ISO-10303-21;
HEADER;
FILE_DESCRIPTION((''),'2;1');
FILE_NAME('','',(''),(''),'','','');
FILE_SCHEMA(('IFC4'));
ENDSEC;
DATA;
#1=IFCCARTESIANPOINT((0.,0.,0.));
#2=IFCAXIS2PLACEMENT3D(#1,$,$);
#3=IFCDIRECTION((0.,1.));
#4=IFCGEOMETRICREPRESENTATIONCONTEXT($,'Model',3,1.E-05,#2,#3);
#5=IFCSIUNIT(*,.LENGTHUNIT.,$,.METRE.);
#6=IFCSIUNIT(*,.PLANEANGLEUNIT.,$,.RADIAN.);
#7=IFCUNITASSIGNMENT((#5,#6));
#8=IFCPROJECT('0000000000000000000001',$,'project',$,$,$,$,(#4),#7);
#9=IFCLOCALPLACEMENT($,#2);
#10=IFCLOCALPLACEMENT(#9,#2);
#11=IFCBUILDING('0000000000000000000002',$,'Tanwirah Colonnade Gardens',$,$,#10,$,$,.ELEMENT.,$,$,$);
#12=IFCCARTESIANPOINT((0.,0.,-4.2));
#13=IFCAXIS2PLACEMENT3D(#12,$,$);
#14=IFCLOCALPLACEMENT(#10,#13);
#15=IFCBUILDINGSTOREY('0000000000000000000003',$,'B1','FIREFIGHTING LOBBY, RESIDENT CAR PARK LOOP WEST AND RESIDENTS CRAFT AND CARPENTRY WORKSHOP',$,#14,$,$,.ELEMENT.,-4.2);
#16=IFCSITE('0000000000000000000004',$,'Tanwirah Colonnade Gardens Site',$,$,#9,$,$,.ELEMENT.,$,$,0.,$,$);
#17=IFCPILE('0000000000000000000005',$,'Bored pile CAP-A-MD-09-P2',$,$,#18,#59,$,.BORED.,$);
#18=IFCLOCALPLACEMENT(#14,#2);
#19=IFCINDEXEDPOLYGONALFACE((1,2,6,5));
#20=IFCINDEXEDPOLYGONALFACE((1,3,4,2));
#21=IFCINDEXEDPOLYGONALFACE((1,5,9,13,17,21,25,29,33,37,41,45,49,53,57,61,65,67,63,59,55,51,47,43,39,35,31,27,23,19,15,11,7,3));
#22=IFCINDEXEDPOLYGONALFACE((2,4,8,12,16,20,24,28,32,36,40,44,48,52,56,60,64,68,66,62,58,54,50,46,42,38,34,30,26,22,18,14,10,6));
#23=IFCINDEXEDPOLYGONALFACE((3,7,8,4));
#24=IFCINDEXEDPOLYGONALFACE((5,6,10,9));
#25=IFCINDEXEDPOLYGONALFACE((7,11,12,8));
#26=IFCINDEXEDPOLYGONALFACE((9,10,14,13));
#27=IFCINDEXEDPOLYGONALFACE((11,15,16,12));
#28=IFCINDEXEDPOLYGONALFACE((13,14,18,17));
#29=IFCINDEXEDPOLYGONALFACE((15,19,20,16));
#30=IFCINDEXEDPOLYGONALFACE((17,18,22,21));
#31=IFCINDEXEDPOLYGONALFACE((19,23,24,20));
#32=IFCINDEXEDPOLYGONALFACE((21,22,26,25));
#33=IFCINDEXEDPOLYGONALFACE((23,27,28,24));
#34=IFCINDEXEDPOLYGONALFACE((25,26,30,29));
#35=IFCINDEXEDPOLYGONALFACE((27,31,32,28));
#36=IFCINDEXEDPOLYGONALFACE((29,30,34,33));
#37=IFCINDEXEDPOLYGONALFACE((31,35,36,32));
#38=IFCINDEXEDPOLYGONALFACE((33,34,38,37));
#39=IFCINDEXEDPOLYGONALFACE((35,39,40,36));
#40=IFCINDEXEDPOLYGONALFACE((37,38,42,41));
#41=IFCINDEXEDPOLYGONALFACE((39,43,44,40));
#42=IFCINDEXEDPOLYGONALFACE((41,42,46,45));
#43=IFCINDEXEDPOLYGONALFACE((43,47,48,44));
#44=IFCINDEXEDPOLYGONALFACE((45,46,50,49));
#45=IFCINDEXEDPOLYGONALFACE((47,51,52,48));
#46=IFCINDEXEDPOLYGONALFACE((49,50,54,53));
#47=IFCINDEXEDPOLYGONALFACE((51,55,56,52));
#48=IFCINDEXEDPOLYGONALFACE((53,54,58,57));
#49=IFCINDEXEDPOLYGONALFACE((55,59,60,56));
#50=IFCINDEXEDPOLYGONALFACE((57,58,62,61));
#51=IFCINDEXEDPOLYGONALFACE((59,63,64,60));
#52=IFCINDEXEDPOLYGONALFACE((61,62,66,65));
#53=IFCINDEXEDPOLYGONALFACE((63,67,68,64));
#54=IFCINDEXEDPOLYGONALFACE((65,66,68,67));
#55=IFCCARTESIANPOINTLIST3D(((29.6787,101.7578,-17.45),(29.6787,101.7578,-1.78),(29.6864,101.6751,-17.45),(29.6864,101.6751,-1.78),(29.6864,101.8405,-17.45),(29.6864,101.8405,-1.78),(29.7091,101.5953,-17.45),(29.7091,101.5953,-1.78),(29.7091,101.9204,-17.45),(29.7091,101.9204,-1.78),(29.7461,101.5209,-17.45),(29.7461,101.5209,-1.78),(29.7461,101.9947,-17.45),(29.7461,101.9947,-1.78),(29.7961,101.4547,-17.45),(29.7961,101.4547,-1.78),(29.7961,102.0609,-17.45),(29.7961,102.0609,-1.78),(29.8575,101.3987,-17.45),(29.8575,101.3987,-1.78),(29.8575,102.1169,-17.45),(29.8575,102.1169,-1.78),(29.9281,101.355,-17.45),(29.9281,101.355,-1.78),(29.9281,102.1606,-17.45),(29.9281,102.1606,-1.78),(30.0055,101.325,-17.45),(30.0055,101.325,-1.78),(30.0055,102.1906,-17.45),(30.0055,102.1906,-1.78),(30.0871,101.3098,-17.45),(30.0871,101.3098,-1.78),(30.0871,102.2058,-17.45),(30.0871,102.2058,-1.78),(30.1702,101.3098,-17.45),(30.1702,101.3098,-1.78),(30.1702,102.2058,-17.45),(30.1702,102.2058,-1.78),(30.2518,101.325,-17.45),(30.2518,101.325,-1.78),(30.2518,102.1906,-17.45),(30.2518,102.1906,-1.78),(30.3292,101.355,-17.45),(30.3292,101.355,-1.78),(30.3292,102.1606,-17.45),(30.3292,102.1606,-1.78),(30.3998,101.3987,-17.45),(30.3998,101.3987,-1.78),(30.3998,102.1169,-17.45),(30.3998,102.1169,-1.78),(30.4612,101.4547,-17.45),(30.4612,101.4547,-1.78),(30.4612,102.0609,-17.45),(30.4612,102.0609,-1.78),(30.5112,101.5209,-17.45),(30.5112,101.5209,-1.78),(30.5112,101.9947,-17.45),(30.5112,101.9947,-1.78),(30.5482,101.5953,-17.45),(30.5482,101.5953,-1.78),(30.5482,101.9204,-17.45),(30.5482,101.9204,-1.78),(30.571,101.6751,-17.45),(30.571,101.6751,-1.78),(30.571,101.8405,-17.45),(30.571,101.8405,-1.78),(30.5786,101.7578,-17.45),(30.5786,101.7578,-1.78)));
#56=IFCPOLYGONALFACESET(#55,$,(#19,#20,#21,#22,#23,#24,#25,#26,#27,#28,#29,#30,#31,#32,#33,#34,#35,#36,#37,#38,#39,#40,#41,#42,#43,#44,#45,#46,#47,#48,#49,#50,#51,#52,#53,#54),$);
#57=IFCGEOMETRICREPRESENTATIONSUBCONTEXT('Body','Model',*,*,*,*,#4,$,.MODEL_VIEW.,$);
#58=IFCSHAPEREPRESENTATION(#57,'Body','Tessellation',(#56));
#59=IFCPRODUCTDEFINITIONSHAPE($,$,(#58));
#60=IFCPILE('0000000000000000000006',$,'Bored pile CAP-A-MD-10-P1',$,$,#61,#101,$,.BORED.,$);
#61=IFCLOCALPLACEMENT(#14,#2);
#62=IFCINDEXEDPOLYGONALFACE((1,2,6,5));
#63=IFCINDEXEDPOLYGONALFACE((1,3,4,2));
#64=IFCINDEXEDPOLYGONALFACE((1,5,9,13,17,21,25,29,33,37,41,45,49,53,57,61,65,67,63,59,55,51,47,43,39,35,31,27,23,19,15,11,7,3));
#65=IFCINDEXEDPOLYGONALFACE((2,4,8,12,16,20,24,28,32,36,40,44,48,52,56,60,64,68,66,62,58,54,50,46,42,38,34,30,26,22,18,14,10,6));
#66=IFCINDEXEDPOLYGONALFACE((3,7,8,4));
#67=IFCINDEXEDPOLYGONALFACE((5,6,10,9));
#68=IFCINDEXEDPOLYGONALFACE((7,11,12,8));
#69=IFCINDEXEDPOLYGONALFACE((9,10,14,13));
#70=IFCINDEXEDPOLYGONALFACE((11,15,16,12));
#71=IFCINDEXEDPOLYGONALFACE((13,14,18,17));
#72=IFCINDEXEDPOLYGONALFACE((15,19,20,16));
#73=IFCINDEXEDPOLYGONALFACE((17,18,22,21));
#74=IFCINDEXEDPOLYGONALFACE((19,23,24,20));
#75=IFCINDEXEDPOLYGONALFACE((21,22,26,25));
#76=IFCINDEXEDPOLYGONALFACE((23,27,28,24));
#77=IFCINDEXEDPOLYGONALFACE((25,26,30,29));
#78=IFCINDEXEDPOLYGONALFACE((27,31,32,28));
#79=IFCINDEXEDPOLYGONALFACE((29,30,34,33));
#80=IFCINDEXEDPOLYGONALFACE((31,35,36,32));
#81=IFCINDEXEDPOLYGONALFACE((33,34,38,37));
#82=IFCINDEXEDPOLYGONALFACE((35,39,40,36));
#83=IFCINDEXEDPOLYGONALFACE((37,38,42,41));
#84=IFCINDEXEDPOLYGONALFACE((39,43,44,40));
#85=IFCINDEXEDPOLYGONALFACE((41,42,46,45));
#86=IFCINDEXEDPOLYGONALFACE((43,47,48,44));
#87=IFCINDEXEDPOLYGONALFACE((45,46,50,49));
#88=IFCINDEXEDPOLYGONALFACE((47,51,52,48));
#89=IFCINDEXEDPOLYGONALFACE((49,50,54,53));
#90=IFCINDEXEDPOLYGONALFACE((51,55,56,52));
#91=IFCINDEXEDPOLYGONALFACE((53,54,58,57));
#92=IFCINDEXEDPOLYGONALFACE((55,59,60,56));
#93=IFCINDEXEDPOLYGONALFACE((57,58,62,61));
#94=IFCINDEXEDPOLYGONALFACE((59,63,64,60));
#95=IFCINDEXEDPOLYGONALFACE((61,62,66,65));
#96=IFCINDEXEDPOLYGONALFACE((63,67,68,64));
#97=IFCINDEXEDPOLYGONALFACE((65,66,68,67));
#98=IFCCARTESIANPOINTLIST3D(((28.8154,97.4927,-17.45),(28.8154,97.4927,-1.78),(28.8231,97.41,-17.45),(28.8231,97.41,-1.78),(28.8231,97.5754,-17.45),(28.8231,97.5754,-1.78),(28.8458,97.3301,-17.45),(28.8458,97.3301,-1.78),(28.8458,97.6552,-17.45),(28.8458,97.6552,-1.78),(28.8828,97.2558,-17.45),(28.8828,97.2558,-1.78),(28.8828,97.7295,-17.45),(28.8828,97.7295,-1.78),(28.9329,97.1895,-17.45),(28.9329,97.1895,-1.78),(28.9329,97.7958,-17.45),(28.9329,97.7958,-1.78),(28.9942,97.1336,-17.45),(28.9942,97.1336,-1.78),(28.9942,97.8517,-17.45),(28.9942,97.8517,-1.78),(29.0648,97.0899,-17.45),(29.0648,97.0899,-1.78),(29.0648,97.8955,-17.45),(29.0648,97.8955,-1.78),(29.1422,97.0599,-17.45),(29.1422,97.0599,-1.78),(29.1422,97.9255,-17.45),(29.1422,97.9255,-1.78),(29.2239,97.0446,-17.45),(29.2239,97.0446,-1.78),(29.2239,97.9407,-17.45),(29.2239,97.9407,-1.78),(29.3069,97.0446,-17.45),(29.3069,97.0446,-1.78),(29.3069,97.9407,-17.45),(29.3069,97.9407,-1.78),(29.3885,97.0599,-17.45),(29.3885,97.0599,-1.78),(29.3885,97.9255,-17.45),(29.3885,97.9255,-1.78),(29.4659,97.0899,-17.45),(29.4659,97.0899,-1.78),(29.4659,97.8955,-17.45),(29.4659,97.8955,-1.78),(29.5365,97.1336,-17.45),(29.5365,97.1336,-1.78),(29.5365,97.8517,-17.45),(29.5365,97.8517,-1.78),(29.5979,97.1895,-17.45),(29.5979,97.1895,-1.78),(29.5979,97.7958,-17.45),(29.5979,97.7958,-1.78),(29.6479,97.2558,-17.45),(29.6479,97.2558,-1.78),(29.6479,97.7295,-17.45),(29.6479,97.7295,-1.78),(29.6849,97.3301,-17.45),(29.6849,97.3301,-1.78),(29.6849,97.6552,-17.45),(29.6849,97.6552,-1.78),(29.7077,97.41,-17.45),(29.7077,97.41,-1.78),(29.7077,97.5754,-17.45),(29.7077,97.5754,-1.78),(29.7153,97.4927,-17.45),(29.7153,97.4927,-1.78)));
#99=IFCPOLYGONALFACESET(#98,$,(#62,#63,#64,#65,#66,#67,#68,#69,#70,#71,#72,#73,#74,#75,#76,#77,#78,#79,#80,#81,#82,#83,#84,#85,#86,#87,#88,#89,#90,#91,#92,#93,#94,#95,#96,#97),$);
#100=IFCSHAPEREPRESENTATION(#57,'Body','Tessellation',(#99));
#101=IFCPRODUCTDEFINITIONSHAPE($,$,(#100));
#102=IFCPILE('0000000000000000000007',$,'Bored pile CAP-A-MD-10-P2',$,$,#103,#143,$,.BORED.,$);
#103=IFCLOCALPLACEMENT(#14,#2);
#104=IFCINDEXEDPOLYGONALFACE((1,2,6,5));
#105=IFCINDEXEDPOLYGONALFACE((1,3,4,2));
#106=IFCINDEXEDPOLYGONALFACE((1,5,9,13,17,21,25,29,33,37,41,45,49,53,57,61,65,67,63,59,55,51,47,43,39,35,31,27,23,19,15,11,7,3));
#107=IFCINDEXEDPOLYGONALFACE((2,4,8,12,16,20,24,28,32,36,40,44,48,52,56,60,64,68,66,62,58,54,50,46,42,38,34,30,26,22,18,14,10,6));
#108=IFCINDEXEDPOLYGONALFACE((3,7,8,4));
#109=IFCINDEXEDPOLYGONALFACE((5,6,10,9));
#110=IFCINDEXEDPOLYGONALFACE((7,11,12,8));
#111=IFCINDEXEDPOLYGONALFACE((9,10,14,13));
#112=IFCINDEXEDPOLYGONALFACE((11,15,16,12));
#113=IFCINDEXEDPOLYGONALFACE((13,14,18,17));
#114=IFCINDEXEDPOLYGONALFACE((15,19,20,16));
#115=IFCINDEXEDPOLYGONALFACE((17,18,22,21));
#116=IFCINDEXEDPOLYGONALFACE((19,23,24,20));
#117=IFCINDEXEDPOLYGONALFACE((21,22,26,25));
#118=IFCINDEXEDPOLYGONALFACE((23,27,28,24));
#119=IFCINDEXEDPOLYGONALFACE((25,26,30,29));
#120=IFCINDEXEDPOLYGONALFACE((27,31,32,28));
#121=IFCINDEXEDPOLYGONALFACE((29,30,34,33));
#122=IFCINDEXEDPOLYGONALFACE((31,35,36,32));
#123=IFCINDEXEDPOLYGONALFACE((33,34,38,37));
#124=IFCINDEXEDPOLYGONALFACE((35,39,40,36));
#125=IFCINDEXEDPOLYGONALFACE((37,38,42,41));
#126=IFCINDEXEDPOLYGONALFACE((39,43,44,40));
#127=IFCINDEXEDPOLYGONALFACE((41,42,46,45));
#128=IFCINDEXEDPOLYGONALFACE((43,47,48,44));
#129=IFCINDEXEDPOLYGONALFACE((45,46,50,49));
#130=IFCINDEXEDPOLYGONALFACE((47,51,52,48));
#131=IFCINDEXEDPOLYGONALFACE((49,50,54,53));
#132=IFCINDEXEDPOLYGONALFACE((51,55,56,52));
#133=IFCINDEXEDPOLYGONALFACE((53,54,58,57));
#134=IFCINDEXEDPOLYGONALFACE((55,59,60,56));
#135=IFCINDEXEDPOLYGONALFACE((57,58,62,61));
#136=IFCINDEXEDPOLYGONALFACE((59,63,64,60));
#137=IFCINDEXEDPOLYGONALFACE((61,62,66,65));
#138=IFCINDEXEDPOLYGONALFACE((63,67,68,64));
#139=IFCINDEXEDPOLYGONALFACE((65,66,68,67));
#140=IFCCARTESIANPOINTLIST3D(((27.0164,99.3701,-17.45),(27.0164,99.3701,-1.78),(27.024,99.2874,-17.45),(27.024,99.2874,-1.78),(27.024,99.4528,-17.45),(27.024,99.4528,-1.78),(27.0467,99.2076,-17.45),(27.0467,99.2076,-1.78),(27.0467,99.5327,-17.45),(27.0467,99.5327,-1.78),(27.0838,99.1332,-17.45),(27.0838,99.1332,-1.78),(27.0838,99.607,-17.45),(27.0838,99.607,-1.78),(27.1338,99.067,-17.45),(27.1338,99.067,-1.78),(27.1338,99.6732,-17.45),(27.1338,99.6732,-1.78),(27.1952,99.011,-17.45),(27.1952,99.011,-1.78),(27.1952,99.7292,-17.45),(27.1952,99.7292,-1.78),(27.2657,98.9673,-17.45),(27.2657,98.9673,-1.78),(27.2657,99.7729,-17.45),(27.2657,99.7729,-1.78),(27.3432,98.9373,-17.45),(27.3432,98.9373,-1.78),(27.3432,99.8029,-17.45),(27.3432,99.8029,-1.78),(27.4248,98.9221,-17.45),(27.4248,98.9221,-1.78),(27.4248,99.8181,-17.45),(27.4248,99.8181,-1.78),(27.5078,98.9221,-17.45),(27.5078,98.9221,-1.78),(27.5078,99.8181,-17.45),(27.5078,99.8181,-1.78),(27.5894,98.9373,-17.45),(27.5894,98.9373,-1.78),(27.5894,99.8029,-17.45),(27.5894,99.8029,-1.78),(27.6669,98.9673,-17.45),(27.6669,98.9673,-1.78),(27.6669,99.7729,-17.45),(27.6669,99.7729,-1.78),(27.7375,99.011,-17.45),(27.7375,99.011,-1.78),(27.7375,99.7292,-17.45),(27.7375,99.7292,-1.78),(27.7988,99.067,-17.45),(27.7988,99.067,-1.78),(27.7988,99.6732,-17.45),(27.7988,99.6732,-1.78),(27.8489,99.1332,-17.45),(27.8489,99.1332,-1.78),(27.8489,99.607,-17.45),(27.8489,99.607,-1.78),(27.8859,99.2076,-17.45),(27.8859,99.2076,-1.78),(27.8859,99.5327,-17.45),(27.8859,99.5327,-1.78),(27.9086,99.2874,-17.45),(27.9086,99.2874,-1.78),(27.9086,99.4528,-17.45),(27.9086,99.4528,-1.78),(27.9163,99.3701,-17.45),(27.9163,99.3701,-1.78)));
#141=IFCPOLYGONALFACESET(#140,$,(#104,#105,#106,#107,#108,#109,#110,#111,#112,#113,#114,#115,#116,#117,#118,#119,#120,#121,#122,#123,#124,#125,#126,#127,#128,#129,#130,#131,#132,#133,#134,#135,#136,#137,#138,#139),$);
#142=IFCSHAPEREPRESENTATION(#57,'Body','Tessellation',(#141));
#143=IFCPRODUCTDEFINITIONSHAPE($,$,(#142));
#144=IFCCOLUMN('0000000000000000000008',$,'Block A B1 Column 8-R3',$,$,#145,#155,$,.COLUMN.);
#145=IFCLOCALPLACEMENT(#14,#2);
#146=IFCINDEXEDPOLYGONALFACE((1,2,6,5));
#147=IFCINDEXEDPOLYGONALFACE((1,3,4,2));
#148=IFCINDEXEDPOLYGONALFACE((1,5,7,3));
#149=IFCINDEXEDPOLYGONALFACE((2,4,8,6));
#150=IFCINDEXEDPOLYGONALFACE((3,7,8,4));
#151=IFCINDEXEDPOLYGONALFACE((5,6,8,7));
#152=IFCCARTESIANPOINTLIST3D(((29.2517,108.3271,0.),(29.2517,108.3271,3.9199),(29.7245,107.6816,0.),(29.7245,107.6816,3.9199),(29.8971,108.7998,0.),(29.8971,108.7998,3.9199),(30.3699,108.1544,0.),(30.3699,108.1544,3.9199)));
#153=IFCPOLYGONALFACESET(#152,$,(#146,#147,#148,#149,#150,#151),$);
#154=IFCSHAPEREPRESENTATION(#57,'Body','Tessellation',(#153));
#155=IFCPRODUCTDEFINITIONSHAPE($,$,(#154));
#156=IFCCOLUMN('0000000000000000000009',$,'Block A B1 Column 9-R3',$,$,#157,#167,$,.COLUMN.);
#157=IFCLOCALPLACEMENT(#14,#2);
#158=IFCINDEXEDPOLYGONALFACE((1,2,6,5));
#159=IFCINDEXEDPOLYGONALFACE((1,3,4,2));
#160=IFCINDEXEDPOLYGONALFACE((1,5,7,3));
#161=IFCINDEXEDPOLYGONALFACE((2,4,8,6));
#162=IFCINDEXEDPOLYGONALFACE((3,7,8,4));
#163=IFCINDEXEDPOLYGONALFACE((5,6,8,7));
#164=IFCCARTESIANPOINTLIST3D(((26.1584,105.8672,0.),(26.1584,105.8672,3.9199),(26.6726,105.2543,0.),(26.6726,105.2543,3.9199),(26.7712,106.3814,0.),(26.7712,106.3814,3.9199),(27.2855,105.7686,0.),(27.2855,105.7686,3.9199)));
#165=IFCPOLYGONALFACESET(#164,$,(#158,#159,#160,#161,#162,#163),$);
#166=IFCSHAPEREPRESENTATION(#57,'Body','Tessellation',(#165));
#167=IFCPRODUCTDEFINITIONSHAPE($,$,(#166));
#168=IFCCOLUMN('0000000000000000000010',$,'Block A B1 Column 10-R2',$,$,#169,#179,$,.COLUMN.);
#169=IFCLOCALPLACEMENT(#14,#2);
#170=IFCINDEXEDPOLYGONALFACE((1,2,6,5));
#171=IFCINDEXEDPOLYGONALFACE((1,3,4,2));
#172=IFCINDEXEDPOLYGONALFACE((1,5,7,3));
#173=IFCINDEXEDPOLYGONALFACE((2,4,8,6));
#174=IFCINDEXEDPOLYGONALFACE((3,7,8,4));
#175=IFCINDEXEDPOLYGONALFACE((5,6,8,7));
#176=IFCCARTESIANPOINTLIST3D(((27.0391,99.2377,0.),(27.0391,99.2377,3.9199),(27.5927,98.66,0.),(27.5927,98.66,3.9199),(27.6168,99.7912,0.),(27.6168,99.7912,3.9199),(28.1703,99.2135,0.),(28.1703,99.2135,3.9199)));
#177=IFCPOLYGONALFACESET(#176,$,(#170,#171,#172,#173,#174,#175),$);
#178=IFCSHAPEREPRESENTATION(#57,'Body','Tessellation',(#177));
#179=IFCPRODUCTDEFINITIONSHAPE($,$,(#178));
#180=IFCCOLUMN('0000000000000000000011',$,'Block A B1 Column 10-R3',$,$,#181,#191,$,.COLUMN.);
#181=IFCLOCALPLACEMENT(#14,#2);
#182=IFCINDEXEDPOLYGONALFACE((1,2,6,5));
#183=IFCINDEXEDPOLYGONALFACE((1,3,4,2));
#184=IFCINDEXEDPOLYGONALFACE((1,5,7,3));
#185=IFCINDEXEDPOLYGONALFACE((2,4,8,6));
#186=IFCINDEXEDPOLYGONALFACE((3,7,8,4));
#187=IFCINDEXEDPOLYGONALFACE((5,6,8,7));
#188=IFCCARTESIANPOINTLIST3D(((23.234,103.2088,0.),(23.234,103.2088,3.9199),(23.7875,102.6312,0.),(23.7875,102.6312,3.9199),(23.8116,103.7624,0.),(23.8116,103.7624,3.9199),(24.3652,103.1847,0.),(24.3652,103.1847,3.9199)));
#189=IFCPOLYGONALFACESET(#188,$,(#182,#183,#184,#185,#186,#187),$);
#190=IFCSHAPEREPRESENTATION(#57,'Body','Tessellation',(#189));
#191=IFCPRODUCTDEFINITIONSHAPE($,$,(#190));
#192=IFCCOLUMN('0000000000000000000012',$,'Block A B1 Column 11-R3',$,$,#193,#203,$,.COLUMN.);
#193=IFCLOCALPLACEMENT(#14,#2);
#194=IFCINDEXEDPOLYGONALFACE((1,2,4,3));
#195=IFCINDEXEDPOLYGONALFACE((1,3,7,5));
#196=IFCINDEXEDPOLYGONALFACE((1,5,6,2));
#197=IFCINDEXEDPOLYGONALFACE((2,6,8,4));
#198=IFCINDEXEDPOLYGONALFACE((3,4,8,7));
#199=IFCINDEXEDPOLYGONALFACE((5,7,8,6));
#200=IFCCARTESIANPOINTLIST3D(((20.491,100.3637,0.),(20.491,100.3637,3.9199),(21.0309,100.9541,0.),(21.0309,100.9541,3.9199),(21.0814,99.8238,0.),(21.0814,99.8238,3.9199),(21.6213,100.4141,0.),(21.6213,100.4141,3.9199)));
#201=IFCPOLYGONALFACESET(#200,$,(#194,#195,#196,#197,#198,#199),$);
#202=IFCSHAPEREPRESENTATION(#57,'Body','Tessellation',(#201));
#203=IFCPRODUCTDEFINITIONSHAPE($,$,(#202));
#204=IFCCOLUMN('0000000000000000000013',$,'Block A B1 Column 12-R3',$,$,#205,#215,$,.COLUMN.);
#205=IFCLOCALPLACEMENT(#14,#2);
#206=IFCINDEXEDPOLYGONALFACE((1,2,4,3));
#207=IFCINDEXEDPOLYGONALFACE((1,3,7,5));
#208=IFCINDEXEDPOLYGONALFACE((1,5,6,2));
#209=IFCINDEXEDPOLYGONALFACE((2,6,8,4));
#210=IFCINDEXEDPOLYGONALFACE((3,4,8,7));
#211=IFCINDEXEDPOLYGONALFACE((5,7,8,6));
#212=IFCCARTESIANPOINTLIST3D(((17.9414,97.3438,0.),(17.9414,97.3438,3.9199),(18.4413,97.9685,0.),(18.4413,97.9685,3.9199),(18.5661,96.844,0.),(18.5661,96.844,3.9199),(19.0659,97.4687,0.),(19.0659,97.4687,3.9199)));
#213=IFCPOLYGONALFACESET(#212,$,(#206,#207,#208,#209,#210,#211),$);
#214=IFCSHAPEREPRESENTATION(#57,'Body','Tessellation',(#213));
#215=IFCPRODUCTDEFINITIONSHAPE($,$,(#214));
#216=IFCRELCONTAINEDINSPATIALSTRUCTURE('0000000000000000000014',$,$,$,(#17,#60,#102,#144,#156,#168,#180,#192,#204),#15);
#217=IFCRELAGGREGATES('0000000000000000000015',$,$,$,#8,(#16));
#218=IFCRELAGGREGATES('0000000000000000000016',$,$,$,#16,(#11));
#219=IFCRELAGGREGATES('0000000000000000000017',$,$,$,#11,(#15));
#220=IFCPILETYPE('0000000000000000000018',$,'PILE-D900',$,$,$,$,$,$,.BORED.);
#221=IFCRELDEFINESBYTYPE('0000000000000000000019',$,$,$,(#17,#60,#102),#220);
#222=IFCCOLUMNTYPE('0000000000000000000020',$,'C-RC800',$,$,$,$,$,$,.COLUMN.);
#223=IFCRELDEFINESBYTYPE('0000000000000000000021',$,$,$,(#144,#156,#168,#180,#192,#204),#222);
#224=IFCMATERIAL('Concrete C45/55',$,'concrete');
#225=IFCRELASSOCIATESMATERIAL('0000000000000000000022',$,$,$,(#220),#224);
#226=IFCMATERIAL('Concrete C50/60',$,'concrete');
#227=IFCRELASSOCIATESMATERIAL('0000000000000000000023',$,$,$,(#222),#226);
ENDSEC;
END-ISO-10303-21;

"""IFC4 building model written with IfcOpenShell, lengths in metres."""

from ifc_helpers import new_model, si_unit, direction, frame, origin, origin_2d, place, context, subcontext, project, spatial, rectangle, circle, extrude, material, material_profile, profile_set, type_object, element, save


model = new_model("IFC4")

# Units and contexts
model_context = context("Model", 3, precision=1e-05, world=origin(), true_north=direction((0.0, 1.0)))
body_context = subcontext(model_context, "Body", "Model", "MODEL_VIEW")
ifc_project = project(units=[si_unit("LENGTHUNIT", "METRE"), si_unit("PLANEANGLEUNIT", "RADIAN")], contexts=[model_context])

# Site, building, storey
site_placement = place(None, origin())
site = spatial("IfcSite", under=ifc_project, at=site_placement, Name="Tanwirah Colonnade Gardens Site", CompositionType="ELEMENT", RefElevation=0.0)
building_placement = place(site_placement, origin())
building = spatial("IfcBuilding", under=site, at=building_placement, Name="Tanwirah Colonnade Gardens", CompositionType="ELEMENT")
storey_placement = place(building_placement, frame((0.0, 0.0, -4.2)))
storey = spatial("IfcBuildingStorey", under=building, at=storey_placement, Name="B1", Description="FIREFIGHTING LOBBY, RESIDENT CAR PARK LOOP WEST AND RESIDENTS CRAFT AND CARPENTRY WORKSHOP", CompositionType="ELEMENT", Elevation=-4.2)

# Shared definitions
ifc_material_1 = material(Name="Concrete C45/55", Category="concrete")

# Piles
ifc_material_profile_1 = material_profile(ifc_material_1, circle(Radius=0.45, at=origin_2d()), Name="PILE D900")
ifc_profile_set_1 = profile_set([ifc_material_profile_1], Name="Concrete C45/55")
pile_type_1 = type_object("IfcPileType", Name="PILE-D900", PredefinedType="BORED", material=ifc_profile_set_1)
for number, where, z_axis, x_axis, name in (
    (1, (30.1287, 101.7578, -1.78), (0.0, 0.0, -1.0), (1.0, 0.0, 0.0), "Bored pile CAP-A-MD-09-P2"),
    (2, (29.2654, 97.4927, -1.78), (0.0, 0.0, -1.0), (1.0, 0.0, 0.0), "Bored pile CAP-A-MD-10-P1"),
    (3, (27.4663, 99.3701, -1.78), (0.0, 0.0, -1.0), (1.0, 0.0, 0.0), "Bored pile CAP-A-MD-10-P2"),
):
    element("IfcPile", number, at=place(storey_placement, frame(where, z_axis=z_axis, x_axis=x_axis)), inside=storey, type_object=pile_type_1, Name=name, PredefinedType="BORED", context=body_context, shape_type="SweptSolid", body=[
        extrude(circle(Radius=0.45, at=origin_2d()), origin(), (0.0, 0.0, 1.0), 15.6699),
    ])

# Columns
ifc_material_2 = material(Name="Concrete C50/60", Category="concrete")
ifc_material_profile_2 = material_profile(ifc_material_2, rectangle(XDim=0.8, YDim=0.8, at=origin_2d()), Name="RC-COL 800x800")
ifc_profile_set_2 = profile_set([ifc_material_profile_2], Name="Concrete C50/60")
column_type_1 = type_object("IfcColumnType", Name="C-RC800", PredefinedType="COLUMN", material=ifc_profile_set_2)
for number, where, z_axis, x_axis, name in (
    (4, (29.8108, 108.2407, 0.0), (0.0, 0.0, 1.0), (-0.590919, 0.806731, 0.0), "Block A B1 Column 8-R3"),
    (5, (26.7219, 105.8179, 0.0), (0.0, 0.0, 1.0), (-0.642788, 0.766044, 0.0), "Block A B1 Column 9-R3"),
    (6, (27.6047, 99.2256, 0.0), (0.0, 0.0, 1.0), (-0.691863, 0.722029, 0.0), "Block A B1 Column 10-R2"),
    (7, (23.7996, 103.1968, 0.0), (0.0, 0.0, 1.0), (-0.691863, 0.722029, 0.0), "Block A B1 Column 10-R3"),
    (8, (21.0562, 100.3889, 0.0), (0.0, 0.0, 1.0), (-0.737932, 0.674875, 0.0), "Block A B1 Column 11-R3"),
    (9, (18.5037, 97.4062, 0.0), (0.0, 0.0, 1.0), (-0.780794, 0.624788, 0.0), "Block A B1 Column 12-R3"),
):
    element("IfcColumn", number, at=place(storey_placement, frame(where, z_axis=z_axis, x_axis=x_axis)), inside=storey, type_object=column_type_1, Name=name, PredefinedType="COLUMN", context=body_context, shape_type="SweptSolid", body=[
        extrude(rectangle(XDim=0.8, YDim=0.8, at=origin_2d()), origin(), (0.0, 0.0, 1.0), 3.9199),
    ])

save(model, "model.ifc")
